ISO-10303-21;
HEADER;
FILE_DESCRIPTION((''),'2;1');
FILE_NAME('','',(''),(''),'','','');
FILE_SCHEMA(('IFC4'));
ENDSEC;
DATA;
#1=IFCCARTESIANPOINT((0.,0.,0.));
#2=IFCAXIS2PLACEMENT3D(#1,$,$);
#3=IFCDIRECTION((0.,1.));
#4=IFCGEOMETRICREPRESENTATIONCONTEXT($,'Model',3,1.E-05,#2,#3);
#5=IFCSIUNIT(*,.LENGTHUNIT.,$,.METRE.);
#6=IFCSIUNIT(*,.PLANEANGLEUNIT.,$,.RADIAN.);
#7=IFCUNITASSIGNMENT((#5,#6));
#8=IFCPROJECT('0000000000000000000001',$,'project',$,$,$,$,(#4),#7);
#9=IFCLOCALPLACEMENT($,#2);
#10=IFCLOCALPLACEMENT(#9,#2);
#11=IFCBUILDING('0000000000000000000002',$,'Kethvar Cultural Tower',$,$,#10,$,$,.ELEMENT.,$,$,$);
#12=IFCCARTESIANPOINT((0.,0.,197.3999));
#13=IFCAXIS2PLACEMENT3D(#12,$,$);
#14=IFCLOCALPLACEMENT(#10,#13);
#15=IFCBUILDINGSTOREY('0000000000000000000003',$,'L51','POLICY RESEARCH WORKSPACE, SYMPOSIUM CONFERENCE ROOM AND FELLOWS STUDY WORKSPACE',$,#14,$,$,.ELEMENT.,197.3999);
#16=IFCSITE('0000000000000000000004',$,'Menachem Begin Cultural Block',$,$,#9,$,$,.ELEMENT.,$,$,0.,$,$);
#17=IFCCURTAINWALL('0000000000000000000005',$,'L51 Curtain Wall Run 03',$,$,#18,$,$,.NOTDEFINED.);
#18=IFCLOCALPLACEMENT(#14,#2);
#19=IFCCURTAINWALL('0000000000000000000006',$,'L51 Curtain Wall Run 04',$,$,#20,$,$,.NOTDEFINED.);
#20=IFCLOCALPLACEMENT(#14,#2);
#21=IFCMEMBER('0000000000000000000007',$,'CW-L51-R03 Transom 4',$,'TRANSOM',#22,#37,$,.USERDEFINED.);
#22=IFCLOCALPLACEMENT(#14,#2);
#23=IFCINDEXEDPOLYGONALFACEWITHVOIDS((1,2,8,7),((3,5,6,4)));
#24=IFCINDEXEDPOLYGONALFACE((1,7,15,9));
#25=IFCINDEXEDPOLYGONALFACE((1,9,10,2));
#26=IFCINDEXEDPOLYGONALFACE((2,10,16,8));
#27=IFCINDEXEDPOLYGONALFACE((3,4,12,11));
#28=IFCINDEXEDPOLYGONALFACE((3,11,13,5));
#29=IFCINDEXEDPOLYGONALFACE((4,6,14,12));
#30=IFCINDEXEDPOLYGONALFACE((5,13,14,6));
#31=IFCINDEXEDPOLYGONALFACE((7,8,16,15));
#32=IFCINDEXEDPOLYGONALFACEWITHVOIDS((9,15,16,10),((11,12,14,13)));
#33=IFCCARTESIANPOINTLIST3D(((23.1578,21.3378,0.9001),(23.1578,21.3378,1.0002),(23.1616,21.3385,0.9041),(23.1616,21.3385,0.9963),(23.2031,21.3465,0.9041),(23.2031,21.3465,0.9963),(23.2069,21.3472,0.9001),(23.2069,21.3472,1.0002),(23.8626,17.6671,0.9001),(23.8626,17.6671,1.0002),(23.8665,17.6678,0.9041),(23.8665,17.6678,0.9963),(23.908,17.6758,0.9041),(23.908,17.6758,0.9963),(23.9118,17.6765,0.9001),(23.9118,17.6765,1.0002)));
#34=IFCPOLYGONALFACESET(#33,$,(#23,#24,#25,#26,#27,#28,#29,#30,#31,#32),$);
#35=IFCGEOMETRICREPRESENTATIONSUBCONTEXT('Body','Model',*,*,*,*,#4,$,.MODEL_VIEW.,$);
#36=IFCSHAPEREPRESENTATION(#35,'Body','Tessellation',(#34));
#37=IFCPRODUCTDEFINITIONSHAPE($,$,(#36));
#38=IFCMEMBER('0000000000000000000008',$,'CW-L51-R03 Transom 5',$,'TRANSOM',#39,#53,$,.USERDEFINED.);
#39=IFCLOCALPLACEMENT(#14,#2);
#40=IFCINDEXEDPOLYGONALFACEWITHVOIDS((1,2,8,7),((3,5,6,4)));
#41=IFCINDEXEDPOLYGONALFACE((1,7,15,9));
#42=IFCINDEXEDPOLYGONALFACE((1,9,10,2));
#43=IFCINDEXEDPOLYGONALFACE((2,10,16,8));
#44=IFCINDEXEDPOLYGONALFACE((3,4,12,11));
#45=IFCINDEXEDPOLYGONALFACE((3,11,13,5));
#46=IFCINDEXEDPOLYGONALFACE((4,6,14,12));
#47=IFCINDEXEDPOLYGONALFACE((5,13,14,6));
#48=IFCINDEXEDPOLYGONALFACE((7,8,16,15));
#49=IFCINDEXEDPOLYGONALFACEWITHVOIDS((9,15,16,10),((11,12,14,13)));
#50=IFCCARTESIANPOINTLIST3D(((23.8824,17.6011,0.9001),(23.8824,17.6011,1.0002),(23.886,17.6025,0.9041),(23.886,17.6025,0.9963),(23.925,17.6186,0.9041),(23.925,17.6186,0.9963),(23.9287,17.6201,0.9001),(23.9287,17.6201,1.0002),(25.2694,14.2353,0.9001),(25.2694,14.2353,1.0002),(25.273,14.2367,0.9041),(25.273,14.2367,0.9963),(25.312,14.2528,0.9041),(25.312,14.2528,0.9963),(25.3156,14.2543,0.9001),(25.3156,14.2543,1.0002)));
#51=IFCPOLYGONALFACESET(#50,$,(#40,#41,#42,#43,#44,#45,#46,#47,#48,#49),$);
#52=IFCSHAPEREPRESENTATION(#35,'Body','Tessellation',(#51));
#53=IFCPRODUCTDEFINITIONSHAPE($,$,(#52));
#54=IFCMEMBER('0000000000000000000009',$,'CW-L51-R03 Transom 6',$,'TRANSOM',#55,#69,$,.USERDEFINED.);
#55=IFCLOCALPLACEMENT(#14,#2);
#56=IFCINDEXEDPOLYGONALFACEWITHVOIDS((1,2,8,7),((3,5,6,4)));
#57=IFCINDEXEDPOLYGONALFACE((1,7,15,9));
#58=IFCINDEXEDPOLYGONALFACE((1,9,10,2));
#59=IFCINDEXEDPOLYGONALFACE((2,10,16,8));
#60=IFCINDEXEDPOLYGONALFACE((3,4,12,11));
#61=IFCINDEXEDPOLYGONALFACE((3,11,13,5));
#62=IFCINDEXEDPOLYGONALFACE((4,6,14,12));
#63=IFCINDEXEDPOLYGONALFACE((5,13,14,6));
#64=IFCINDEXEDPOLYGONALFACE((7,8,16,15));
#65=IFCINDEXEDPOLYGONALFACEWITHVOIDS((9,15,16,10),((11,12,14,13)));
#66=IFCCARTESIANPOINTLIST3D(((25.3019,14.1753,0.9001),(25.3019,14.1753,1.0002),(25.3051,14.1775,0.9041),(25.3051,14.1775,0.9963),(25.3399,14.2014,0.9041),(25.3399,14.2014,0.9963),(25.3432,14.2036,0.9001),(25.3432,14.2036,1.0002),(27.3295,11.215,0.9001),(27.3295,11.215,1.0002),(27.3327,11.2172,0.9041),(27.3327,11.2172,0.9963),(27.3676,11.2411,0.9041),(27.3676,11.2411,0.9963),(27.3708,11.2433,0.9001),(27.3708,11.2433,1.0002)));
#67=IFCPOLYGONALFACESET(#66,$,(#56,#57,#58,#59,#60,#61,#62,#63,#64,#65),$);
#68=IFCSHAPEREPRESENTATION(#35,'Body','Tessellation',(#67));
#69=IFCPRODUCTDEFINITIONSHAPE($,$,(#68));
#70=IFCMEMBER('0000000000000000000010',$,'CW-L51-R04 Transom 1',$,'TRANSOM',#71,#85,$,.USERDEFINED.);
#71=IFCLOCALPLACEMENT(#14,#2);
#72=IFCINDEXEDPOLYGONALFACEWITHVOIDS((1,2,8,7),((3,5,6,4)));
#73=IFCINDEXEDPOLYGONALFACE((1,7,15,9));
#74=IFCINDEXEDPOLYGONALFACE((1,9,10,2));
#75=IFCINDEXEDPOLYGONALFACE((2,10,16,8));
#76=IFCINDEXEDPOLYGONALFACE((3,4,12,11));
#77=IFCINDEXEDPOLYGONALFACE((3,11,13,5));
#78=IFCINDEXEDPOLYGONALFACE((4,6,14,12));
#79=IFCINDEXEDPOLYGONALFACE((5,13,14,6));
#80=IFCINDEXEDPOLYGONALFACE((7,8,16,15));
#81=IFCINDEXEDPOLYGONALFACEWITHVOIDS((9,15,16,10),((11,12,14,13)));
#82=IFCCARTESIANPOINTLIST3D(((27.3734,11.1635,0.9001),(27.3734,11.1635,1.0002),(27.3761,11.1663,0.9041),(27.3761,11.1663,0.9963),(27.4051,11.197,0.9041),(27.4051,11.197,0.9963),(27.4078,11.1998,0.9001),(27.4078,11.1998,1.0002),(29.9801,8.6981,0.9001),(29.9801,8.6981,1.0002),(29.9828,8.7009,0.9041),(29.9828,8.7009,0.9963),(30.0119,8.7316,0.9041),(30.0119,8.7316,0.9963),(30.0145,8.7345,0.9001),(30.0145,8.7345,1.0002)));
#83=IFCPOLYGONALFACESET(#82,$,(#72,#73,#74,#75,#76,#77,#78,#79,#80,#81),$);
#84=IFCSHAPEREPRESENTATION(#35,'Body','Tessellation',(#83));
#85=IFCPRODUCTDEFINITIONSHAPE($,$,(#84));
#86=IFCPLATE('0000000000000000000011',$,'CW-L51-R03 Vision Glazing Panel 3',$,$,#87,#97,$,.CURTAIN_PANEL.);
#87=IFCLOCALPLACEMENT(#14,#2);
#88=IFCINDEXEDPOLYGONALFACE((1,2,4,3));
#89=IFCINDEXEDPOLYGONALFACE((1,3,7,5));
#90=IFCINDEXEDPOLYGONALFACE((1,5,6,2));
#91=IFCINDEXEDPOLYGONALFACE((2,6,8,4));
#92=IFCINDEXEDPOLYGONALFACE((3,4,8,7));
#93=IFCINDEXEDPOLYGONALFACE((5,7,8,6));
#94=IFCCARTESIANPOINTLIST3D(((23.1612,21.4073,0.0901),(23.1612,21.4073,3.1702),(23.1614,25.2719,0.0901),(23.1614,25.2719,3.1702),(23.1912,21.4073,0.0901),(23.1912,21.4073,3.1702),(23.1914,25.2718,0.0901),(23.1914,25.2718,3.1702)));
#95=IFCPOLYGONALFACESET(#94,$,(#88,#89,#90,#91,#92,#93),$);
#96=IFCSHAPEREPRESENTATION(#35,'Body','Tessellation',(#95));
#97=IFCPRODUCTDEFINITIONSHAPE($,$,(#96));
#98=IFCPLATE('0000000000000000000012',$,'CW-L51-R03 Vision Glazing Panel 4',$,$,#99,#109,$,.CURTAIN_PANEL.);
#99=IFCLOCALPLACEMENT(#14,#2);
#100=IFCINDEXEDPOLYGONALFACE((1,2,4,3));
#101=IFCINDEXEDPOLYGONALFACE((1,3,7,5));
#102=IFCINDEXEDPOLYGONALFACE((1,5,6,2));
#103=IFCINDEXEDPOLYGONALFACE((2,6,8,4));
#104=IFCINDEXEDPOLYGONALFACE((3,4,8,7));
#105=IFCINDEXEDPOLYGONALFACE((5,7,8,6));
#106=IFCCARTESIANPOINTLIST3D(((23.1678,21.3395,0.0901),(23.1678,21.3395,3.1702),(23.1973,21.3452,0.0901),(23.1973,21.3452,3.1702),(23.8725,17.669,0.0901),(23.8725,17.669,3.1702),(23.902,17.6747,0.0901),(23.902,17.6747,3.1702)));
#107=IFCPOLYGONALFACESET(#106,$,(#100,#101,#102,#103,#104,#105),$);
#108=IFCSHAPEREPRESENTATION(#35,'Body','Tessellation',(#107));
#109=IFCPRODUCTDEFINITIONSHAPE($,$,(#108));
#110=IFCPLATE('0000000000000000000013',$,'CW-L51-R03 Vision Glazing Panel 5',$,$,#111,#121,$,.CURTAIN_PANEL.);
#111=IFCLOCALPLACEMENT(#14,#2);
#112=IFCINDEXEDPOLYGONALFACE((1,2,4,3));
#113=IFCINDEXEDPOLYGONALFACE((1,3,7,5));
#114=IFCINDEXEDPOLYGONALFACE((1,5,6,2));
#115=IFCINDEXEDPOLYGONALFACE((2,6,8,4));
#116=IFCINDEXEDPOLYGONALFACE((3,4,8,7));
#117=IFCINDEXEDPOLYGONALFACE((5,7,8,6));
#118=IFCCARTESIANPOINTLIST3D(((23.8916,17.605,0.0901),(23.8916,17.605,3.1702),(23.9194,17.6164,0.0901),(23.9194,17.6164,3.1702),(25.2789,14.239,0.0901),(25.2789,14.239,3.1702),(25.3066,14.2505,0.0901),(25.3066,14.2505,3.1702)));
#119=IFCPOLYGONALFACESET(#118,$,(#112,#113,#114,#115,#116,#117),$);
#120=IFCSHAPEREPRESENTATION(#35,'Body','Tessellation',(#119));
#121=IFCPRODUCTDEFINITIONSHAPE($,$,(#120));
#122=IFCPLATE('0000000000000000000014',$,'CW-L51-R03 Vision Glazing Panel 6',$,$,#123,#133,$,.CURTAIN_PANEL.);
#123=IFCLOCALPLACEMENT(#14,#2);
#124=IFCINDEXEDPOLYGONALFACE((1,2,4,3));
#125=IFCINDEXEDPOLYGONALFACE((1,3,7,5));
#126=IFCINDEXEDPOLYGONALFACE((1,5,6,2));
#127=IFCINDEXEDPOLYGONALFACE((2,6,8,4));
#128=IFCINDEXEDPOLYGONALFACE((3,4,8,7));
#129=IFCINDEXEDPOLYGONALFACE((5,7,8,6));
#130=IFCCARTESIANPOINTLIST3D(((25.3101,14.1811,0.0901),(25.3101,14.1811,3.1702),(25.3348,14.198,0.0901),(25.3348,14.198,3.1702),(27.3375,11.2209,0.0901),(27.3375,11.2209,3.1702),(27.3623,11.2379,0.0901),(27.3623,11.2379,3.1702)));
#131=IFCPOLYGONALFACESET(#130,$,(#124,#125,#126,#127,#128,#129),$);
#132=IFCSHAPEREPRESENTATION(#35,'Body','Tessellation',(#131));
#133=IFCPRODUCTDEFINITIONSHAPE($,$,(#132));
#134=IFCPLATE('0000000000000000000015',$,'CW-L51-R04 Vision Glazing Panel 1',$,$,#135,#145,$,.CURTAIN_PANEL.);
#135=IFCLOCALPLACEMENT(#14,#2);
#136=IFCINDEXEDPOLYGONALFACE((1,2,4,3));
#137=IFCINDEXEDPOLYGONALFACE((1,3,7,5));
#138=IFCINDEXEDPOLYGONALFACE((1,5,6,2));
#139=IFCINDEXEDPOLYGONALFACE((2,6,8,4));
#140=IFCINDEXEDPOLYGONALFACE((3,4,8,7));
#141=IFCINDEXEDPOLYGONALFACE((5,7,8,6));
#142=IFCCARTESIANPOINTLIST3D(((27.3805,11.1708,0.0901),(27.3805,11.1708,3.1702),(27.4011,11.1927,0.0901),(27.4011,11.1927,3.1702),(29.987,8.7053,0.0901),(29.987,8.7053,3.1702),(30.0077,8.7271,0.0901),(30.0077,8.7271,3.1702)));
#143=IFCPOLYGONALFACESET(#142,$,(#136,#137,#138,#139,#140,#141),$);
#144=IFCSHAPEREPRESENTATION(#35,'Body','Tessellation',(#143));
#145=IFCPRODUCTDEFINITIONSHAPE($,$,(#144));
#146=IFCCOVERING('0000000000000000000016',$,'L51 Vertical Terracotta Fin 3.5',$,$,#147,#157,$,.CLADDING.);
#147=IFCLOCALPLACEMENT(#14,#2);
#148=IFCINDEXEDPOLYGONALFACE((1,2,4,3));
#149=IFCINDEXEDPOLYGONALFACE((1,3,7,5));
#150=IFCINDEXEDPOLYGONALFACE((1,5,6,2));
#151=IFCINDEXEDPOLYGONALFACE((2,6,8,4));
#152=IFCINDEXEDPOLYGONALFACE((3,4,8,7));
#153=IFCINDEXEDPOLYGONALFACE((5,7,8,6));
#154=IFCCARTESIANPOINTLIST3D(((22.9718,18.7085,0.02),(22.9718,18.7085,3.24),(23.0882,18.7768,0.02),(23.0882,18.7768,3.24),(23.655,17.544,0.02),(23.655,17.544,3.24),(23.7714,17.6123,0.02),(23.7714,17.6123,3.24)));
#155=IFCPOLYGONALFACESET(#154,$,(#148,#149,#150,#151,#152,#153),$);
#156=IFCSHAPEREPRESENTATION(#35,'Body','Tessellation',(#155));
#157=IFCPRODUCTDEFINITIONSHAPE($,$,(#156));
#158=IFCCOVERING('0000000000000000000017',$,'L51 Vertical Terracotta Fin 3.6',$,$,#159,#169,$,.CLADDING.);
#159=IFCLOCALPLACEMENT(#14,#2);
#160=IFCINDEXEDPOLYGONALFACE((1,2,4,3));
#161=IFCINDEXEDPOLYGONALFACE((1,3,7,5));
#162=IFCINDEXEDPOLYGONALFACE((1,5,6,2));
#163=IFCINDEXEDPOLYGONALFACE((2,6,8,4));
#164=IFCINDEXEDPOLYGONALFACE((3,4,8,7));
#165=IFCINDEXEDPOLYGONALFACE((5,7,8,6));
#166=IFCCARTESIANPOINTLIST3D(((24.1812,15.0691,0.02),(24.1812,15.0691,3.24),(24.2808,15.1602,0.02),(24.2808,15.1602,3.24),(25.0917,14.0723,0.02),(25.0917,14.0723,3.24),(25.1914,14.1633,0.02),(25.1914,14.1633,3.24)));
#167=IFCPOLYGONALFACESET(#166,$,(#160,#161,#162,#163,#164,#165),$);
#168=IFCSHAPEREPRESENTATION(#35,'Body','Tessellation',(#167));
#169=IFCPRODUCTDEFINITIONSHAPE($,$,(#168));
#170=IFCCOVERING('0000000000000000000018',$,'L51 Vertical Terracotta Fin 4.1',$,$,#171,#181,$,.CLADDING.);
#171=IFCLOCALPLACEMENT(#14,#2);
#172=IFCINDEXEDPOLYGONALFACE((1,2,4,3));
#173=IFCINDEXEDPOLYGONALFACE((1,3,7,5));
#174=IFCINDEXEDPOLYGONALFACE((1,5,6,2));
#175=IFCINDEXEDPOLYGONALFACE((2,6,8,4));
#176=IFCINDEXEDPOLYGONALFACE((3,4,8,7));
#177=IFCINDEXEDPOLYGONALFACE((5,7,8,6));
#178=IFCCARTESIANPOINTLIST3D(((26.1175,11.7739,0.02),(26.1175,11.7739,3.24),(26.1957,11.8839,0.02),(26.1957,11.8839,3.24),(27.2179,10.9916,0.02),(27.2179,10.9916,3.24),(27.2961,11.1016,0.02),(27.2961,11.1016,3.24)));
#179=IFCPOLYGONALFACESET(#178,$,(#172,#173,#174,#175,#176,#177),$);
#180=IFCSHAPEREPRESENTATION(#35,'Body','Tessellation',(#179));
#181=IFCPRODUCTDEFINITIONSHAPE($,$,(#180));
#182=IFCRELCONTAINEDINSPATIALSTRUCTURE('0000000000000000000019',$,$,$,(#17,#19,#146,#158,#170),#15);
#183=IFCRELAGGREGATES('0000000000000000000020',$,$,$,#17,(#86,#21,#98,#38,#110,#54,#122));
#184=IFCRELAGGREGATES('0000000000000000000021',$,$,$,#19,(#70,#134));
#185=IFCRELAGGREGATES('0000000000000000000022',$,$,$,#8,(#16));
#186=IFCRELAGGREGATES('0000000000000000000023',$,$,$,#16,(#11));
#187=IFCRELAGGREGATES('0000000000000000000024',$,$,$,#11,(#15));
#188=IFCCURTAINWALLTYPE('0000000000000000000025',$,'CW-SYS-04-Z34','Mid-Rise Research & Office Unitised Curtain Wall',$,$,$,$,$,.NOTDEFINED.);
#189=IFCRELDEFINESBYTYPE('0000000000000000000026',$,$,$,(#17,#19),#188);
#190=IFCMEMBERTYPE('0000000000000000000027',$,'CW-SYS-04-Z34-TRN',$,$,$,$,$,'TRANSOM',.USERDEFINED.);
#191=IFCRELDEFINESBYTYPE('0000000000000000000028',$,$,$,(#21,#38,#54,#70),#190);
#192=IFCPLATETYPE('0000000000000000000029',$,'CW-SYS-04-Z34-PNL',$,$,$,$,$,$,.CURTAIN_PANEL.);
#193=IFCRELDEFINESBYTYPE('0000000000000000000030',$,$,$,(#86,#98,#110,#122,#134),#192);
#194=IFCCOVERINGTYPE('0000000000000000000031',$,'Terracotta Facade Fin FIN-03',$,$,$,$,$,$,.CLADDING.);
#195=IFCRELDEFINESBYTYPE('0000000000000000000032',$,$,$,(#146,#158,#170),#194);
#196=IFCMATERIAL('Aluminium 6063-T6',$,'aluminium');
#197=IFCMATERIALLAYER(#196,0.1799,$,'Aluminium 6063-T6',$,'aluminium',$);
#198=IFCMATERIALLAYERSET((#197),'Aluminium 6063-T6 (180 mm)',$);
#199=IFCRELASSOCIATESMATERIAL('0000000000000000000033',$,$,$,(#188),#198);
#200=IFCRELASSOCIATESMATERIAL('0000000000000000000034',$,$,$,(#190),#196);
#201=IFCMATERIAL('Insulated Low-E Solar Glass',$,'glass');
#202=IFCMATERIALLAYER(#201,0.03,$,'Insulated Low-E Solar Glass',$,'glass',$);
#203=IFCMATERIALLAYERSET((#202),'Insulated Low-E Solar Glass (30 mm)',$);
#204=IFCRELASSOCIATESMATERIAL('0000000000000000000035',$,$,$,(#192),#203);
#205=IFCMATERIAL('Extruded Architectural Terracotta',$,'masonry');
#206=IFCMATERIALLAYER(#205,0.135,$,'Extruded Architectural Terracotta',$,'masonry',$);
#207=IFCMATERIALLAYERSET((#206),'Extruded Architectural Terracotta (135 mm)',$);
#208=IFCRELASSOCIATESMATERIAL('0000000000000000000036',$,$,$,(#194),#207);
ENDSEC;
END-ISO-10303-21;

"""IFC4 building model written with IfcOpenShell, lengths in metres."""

from ifc_helpers import new_model, si_unit, direction, frame, origin, origin_2d, place, context, subcontext, project, spatial, rectangle, hollow_rectangle, extrude, source, transform, mapped, material, layer, layer_set, material_profile, profile_set, type_object, element, aggregate, save


model = new_model("IFC4")

# Units and contexts
model_context = context("Model", 3, precision=1e-05, world=origin(), true_north=direction((0.0, 1.0)))
body_context = subcontext(model_context, "Body", "Model", "MODEL_VIEW")
ifc_project = project(units=[si_unit("LENGTHUNIT", "METRE"), si_unit("PLANEANGLEUNIT", "RADIAN")], contexts=[model_context])

# Site, building, storey
site_placement = place(None, origin())
site = spatial("IfcSite", under=ifc_project, at=site_placement, Name="Menachem Begin Cultural Block", CompositionType="ELEMENT", RefElevation=0.0)
building_placement = place(site_placement, origin())
building = spatial("IfcBuilding", under=site, at=building_placement, Name="Kethvar Cultural Tower", CompositionType="ELEMENT")
storey_placement = place(building_placement, frame((0.0, 0.0, 197.3999)))
storey = spatial("IfcBuildingStorey", under=building, at=storey_placement, Name="L51", Description="POLICY RESEARCH WORKSPACE, SYMPOSIUM CONFERENCE ROOM AND FELLOWS STUDY WORKSPACE", CompositionType="ELEMENT", Elevation=197.3999)

# Curtain wall
ifc_material_1 = material(Name="Aluminium 6063-T6", Category="aluminium")
ifc_layer_1 = layer(ifc_material_1, 0.1799, Name="Aluminium 6063-T6", Category="aluminium")
ifc_layer_set_1 = layer_set([ifc_layer_1], Name="Aluminium 6063-T6 (180 mm)")
curtain_wall_type = type_object("IfcCurtainWallType", Name="CW-SYS-04-Z34", Description="Mid-Rise Research & Office Unitised Curtain Wall", PredefinedType="NOTDEFINED", material=ifc_layer_set_1)
curtain_wall_1_placement = place(storey_placement, origin())
curtain_wall_1 = element("IfcCurtainWall", 1, at=curtain_wall_1_placement, inside=storey, type_object=curtain_wall_type, Name="L51 Curtain Wall Run 03", PredefinedType="NOTDEFINED")

# Curtain wall
curtain_wall_2_placement = place(storey_placement, origin())
curtain_wall_2 = element("IfcCurtainWall", 2, at=curtain_wall_2_placement, inside=storey, type_object=curtain_wall_type, Name="L51 Curtain Wall Run 04", PredefinedType="NOTDEFINED")

# Members
ifc_material_profile_1 = material_profile(ifc_material_1, hollow_rectangle(XDim=0.05, YDim=0.1001, WallThickness=0.0039, at=origin_2d()), Name="Aluminium 6063-T6 — RHS100x50x4")
ifc_profile_set_1 = profile_set([ifc_material_profile_1], Name="Aluminium 6063-T6 — RHS100x50x4")
member_type_1 = type_object("IfcMemberType", Name="CW-SYS-04-Z34-TRN", ElementType="TRANSOM", PredefinedType="USERDEFINED", material=ifc_profile_set_1)
shared_shape_1 = source(origin(), body_context, "Body", "SweptSolid", [
    extrude(hollow_rectangle(XDim=0.05, YDim=0.1001, WallThickness=0.0039, at=origin_2d()), origin(), (0.0, 0.0, 1.0), 3.7378),
])
member_1_placement = place(storey_placement, frame((23.1824, 21.3425, 0.9502), z_axis=(0.188574, -0.982059, 0.0), x_axis=(0.982059, 0.188574, 0.0)))
member_1 = element("IfcMember", 3, at=member_1_placement, type_object=member_type_1, Name="CW-L51-R03 Transom 4", ObjectType="TRANSOM", PredefinedType="USERDEFINED", context=body_context, shape_type="MappedRepresentation", body=[
    mapped(shared_shape_1, transform((0.0, 0.0, 0.0), scale=1.0)),
])
shared_shape_2 = source(origin(), body_context, "Body", "SweptSolid", [
    extrude(hollow_rectangle(XDim=0.05, YDim=0.1001, WallThickness=0.0039, at=origin_2d()), origin(), (0.0, 0.0, 1.0), 3.6404),
])
member_2_placement = place(storey_placement, frame((23.9055, 17.6106, 0.9502), z_axis=(0.381003, -0.924574, 0.0), x_axis=(0.924574, 0.381003, 0.0)))
member_2 = element("IfcMember", 4, at=member_2_placement, type_object=member_type_1, Name="CW-L51-R03 Transom 5", ObjectType="TRANSOM", PredefinedType="USERDEFINED", context=body_context, shape_type="MappedRepresentation", body=[
    mapped(shared_shape_2, transform((0.0, 0.0, 0.0), scale=1.0)),
])
shared_shape_3 = source(origin(), body_context, "Body", "SweptSolid", [
    extrude(hollow_rectangle(XDim=0.05, YDim=0.1001, WallThickness=0.0039, at=origin_2d()), origin(), (0.0, 0.0, 1.0), 3.5881),
])
member_3_placement = place(storey_placement, frame((25.3225, 14.1895, 0.9502), z_axis=(0.565099, -0.825023, 0.0), x_axis=(0.825023, 0.565099, 0.0)))
member_3 = element("IfcMember", 5, at=member_3_placement, type_object=member_type_1, Name="CW-L51-R03 Transom 6", ObjectType="TRANSOM", PredefinedType="USERDEFINED", context=body_context, shape_type="MappedRepresentation", body=[
    mapped(shared_shape_3, transform((0.0, 0.0, 0.0), scale=1.0)),
])
shared_shape_4 = source(origin(), body_context, "Body", "SweptSolid", [
    extrude(hollow_rectangle(XDim=0.05, YDim=0.1001, WallThickness=0.0039, at=origin_2d()), origin(), (0.0, 0.0, 1.0), 3.5879),
])
member_4_placement = place(storey_placement, frame((27.3906, 11.1816, 0.9502), z_axis=(0.726532, -0.687133, 0.0), x_axis=(0.687133, 0.726532, 0.0)))
member_4 = element("IfcMember", 6, at=member_4_placement, type_object=member_type_1, Name="CW-L51-R04 Transom 1", ObjectType="TRANSOM", PredefinedType="USERDEFINED", context=body_context, shape_type="MappedRepresentation", body=[
    mapped(shared_shape_4, transform((0.0, 0.0, 0.0), scale=1.0)),
])

# Plates
ifc_material_2 = material(Name="Insulated Low-E Solar Glass", Category="glass")
ifc_layer_2 = layer(ifc_material_2, 0.03, Name="Insulated Low-E Solar Glass", Category="glass")
ifc_layer_set_2 = layer_set([ifc_layer_2], Name="Insulated Low-E Solar Glass (30 mm)")
plate_type = type_object("IfcPlateType", Name="CW-SYS-04-Z34-PNL", PredefinedType="CURTAIN_PANEL", material=ifc_layer_set_2)
shared_shape_5 = source(origin(), body_context, "Body", "SweptSolid", [
    extrude(rectangle(XDim=3.8645, YDim=0.03, at=origin_2d()), origin(), (0.0, 0.0, 1.0), 3.0801),
])
plate_1_placement = place(storey_placement, frame((23.1763, 23.3396, 0.0901), z_axis=(0.0, 0.0, 1.0), x_axis=(-0.000052, -1.0, 0.0)))
plate_1 = element("IfcPlate", 7, at=plate_1_placement, type_object=plate_type, Name="CW-L51-R03 Vision Glazing Panel 3", PredefinedType="CURTAIN_PANEL", context=body_context, shape_type="MappedRepresentation", body=[
    mapped(shared_shape_5, transform((0.0, 0.0, 0.0), scale=1.0)),
])
shared_shape_6 = source(origin(), body_context, "Body", "SweptSolid", [
    extrude(rectangle(XDim=3.7375, YDim=0.03, at=origin_2d()), origin(), (0.0, 0.0, 1.0), 3.0801),
])
plate_2_placement = place(storey_placement, frame((23.5349, 19.5071, 0.0901), z_axis=(0.0, 0.0, 1.0), x_axis=(0.188547, -0.982064, 0.0)))
plate_2 = element("IfcPlate", 8, at=plate_2_placement, type_object=plate_type, Name="CW-L51-R03 Vision Glazing Panel 4", PredefinedType="CURTAIN_PANEL", context=body_context, shape_type="MappedRepresentation", body=[
    mapped(shared_shape_6, transform((0.0, 0.0, 0.0), scale=1.0)),
])
shared_shape_7 = source(origin(), body_context, "Body", "SweptSolid", [
    extrude(rectangle(XDim=3.6406, YDim=0.03, at=origin_2d()), origin(), (0.0, 0.0, 1.0), 3.0801),
])
plate_3_placement = place(storey_placement, frame((24.5991, 15.9277, 0.0901), z_axis=(0.0, 0.0, 1.0), x_axis=(0.381054, -0.924553, 0.0)))
plate_3 = element("IfcPlate", 9, at=plate_3_placement, type_object=plate_type, Name="CW-L51-R03 Vision Glazing Panel 5", PredefinedType="CURTAIN_PANEL", context=body_context, shape_type="MappedRepresentation", body=[
    mapped(shared_shape_7, transform((0.0, 0.0, 0.0), scale=1.0)),
])
shared_shape_8 = source(origin(), body_context, "Body", "SweptSolid", [
    extrude(rectangle(XDim=3.5879, YDim=0.03, at=origin_2d()), origin(), (0.0, 0.0, 1.0), 3.0801),
])
plate_4_placement = place(storey_placement, frame((26.3362, 12.7095, 0.0901), z_axis=(0.0, 0.0, 1.0), x_axis=(0.565082, -0.825035, 0.0)))
plate_4 = element("IfcPlate", 10, at=plate_4_placement, type_object=plate_type, Name="CW-L51-R03 Vision Glazing Panel 6", PredefinedType="CURTAIN_PANEL", context=body_context, shape_type="MappedRepresentation", body=[
    mapped(shared_shape_8, transform((0.0, 0.0, 0.0), scale=1.0)),
])
aggregate(curtain_wall_1, [plate_1, member_1, plate_2, member_2, plate_3, member_3, plate_4])
plate_5_placement = place(storey_placement, frame((28.6941, 9.949, 0.0901), z_axis=(0.0, 0.0, 1.0), x_axis=(0.726479, -0.687189, 0.0)))
plate_5 = element("IfcPlate", 11, at=plate_5_placement, type_object=plate_type, Name="CW-L51-R04 Vision Glazing Panel 1", PredefinedType="CURTAIN_PANEL", context=body_context, shape_type="MappedRepresentation", body=[
    mapped(shared_shape_8, transform((0.0, 0.0, 0.0), scale=1.0)),
])
aggregate(curtain_wall_2, [member_4, plate_5])

# Coverings
ifc_material_3 = material(Name="Extruded Architectural Terracotta", Category="masonry")
ifc_layer_3 = layer(ifc_material_3, 0.135, Name="Extruded Architectural Terracotta", Category="masonry")
ifc_layer_set_3 = layer_set([ifc_layer_3], Name="Extruded Architectural Terracotta (135 mm)")
covering_type = type_object("IfcCoveringType", Name="Terracotta Facade Fin FIN-03", PredefinedType="CLADDING", material=ifc_layer_set_3)
shared_shape_9 = source(origin(), body_context, "Body", "SweptSolid", [
    extrude(rectangle(XDim=1.3501, YDim=0.135, at=origin_2d()), origin(), (0.0, 0.0, 1.0), 3.22),
])
for number, where, z_axis, x_axis, name in (
    (12, (23.3716, 18.1604, 0.02), (0.0, 0.0, 1.0), (-0.506034, 0.862514, 0.0), "L51 Vertical Terracotta Fin 3.5"),
    (13, (24.6863, 14.6162, 0.02), (0.0, 0.0, 1.0), (-0.674431, 0.738338, 0.0), "L51 Vertical Terracotta Fin 3.6"),
    (14, (26.7068, 11.4377, 0.02), (0.0, 0.0, 1.0), (-0.815027, 0.579423, 0.0), "L51 Vertical Terracotta Fin 4.1"),
):
    element("IfcCovering", number, at=place(storey_placement, frame(where, z_axis=z_axis, x_axis=x_axis)), inside=storey, type_object=covering_type, Name=name, PredefinedType="CLADDING", context=body_context, shape_type="MappedRepresentation", body=[
        mapped(shared_shape_9, transform((0.0, 0.0, 0.0), scale=1.0)),
    ])

save(model, "model.ifc")
